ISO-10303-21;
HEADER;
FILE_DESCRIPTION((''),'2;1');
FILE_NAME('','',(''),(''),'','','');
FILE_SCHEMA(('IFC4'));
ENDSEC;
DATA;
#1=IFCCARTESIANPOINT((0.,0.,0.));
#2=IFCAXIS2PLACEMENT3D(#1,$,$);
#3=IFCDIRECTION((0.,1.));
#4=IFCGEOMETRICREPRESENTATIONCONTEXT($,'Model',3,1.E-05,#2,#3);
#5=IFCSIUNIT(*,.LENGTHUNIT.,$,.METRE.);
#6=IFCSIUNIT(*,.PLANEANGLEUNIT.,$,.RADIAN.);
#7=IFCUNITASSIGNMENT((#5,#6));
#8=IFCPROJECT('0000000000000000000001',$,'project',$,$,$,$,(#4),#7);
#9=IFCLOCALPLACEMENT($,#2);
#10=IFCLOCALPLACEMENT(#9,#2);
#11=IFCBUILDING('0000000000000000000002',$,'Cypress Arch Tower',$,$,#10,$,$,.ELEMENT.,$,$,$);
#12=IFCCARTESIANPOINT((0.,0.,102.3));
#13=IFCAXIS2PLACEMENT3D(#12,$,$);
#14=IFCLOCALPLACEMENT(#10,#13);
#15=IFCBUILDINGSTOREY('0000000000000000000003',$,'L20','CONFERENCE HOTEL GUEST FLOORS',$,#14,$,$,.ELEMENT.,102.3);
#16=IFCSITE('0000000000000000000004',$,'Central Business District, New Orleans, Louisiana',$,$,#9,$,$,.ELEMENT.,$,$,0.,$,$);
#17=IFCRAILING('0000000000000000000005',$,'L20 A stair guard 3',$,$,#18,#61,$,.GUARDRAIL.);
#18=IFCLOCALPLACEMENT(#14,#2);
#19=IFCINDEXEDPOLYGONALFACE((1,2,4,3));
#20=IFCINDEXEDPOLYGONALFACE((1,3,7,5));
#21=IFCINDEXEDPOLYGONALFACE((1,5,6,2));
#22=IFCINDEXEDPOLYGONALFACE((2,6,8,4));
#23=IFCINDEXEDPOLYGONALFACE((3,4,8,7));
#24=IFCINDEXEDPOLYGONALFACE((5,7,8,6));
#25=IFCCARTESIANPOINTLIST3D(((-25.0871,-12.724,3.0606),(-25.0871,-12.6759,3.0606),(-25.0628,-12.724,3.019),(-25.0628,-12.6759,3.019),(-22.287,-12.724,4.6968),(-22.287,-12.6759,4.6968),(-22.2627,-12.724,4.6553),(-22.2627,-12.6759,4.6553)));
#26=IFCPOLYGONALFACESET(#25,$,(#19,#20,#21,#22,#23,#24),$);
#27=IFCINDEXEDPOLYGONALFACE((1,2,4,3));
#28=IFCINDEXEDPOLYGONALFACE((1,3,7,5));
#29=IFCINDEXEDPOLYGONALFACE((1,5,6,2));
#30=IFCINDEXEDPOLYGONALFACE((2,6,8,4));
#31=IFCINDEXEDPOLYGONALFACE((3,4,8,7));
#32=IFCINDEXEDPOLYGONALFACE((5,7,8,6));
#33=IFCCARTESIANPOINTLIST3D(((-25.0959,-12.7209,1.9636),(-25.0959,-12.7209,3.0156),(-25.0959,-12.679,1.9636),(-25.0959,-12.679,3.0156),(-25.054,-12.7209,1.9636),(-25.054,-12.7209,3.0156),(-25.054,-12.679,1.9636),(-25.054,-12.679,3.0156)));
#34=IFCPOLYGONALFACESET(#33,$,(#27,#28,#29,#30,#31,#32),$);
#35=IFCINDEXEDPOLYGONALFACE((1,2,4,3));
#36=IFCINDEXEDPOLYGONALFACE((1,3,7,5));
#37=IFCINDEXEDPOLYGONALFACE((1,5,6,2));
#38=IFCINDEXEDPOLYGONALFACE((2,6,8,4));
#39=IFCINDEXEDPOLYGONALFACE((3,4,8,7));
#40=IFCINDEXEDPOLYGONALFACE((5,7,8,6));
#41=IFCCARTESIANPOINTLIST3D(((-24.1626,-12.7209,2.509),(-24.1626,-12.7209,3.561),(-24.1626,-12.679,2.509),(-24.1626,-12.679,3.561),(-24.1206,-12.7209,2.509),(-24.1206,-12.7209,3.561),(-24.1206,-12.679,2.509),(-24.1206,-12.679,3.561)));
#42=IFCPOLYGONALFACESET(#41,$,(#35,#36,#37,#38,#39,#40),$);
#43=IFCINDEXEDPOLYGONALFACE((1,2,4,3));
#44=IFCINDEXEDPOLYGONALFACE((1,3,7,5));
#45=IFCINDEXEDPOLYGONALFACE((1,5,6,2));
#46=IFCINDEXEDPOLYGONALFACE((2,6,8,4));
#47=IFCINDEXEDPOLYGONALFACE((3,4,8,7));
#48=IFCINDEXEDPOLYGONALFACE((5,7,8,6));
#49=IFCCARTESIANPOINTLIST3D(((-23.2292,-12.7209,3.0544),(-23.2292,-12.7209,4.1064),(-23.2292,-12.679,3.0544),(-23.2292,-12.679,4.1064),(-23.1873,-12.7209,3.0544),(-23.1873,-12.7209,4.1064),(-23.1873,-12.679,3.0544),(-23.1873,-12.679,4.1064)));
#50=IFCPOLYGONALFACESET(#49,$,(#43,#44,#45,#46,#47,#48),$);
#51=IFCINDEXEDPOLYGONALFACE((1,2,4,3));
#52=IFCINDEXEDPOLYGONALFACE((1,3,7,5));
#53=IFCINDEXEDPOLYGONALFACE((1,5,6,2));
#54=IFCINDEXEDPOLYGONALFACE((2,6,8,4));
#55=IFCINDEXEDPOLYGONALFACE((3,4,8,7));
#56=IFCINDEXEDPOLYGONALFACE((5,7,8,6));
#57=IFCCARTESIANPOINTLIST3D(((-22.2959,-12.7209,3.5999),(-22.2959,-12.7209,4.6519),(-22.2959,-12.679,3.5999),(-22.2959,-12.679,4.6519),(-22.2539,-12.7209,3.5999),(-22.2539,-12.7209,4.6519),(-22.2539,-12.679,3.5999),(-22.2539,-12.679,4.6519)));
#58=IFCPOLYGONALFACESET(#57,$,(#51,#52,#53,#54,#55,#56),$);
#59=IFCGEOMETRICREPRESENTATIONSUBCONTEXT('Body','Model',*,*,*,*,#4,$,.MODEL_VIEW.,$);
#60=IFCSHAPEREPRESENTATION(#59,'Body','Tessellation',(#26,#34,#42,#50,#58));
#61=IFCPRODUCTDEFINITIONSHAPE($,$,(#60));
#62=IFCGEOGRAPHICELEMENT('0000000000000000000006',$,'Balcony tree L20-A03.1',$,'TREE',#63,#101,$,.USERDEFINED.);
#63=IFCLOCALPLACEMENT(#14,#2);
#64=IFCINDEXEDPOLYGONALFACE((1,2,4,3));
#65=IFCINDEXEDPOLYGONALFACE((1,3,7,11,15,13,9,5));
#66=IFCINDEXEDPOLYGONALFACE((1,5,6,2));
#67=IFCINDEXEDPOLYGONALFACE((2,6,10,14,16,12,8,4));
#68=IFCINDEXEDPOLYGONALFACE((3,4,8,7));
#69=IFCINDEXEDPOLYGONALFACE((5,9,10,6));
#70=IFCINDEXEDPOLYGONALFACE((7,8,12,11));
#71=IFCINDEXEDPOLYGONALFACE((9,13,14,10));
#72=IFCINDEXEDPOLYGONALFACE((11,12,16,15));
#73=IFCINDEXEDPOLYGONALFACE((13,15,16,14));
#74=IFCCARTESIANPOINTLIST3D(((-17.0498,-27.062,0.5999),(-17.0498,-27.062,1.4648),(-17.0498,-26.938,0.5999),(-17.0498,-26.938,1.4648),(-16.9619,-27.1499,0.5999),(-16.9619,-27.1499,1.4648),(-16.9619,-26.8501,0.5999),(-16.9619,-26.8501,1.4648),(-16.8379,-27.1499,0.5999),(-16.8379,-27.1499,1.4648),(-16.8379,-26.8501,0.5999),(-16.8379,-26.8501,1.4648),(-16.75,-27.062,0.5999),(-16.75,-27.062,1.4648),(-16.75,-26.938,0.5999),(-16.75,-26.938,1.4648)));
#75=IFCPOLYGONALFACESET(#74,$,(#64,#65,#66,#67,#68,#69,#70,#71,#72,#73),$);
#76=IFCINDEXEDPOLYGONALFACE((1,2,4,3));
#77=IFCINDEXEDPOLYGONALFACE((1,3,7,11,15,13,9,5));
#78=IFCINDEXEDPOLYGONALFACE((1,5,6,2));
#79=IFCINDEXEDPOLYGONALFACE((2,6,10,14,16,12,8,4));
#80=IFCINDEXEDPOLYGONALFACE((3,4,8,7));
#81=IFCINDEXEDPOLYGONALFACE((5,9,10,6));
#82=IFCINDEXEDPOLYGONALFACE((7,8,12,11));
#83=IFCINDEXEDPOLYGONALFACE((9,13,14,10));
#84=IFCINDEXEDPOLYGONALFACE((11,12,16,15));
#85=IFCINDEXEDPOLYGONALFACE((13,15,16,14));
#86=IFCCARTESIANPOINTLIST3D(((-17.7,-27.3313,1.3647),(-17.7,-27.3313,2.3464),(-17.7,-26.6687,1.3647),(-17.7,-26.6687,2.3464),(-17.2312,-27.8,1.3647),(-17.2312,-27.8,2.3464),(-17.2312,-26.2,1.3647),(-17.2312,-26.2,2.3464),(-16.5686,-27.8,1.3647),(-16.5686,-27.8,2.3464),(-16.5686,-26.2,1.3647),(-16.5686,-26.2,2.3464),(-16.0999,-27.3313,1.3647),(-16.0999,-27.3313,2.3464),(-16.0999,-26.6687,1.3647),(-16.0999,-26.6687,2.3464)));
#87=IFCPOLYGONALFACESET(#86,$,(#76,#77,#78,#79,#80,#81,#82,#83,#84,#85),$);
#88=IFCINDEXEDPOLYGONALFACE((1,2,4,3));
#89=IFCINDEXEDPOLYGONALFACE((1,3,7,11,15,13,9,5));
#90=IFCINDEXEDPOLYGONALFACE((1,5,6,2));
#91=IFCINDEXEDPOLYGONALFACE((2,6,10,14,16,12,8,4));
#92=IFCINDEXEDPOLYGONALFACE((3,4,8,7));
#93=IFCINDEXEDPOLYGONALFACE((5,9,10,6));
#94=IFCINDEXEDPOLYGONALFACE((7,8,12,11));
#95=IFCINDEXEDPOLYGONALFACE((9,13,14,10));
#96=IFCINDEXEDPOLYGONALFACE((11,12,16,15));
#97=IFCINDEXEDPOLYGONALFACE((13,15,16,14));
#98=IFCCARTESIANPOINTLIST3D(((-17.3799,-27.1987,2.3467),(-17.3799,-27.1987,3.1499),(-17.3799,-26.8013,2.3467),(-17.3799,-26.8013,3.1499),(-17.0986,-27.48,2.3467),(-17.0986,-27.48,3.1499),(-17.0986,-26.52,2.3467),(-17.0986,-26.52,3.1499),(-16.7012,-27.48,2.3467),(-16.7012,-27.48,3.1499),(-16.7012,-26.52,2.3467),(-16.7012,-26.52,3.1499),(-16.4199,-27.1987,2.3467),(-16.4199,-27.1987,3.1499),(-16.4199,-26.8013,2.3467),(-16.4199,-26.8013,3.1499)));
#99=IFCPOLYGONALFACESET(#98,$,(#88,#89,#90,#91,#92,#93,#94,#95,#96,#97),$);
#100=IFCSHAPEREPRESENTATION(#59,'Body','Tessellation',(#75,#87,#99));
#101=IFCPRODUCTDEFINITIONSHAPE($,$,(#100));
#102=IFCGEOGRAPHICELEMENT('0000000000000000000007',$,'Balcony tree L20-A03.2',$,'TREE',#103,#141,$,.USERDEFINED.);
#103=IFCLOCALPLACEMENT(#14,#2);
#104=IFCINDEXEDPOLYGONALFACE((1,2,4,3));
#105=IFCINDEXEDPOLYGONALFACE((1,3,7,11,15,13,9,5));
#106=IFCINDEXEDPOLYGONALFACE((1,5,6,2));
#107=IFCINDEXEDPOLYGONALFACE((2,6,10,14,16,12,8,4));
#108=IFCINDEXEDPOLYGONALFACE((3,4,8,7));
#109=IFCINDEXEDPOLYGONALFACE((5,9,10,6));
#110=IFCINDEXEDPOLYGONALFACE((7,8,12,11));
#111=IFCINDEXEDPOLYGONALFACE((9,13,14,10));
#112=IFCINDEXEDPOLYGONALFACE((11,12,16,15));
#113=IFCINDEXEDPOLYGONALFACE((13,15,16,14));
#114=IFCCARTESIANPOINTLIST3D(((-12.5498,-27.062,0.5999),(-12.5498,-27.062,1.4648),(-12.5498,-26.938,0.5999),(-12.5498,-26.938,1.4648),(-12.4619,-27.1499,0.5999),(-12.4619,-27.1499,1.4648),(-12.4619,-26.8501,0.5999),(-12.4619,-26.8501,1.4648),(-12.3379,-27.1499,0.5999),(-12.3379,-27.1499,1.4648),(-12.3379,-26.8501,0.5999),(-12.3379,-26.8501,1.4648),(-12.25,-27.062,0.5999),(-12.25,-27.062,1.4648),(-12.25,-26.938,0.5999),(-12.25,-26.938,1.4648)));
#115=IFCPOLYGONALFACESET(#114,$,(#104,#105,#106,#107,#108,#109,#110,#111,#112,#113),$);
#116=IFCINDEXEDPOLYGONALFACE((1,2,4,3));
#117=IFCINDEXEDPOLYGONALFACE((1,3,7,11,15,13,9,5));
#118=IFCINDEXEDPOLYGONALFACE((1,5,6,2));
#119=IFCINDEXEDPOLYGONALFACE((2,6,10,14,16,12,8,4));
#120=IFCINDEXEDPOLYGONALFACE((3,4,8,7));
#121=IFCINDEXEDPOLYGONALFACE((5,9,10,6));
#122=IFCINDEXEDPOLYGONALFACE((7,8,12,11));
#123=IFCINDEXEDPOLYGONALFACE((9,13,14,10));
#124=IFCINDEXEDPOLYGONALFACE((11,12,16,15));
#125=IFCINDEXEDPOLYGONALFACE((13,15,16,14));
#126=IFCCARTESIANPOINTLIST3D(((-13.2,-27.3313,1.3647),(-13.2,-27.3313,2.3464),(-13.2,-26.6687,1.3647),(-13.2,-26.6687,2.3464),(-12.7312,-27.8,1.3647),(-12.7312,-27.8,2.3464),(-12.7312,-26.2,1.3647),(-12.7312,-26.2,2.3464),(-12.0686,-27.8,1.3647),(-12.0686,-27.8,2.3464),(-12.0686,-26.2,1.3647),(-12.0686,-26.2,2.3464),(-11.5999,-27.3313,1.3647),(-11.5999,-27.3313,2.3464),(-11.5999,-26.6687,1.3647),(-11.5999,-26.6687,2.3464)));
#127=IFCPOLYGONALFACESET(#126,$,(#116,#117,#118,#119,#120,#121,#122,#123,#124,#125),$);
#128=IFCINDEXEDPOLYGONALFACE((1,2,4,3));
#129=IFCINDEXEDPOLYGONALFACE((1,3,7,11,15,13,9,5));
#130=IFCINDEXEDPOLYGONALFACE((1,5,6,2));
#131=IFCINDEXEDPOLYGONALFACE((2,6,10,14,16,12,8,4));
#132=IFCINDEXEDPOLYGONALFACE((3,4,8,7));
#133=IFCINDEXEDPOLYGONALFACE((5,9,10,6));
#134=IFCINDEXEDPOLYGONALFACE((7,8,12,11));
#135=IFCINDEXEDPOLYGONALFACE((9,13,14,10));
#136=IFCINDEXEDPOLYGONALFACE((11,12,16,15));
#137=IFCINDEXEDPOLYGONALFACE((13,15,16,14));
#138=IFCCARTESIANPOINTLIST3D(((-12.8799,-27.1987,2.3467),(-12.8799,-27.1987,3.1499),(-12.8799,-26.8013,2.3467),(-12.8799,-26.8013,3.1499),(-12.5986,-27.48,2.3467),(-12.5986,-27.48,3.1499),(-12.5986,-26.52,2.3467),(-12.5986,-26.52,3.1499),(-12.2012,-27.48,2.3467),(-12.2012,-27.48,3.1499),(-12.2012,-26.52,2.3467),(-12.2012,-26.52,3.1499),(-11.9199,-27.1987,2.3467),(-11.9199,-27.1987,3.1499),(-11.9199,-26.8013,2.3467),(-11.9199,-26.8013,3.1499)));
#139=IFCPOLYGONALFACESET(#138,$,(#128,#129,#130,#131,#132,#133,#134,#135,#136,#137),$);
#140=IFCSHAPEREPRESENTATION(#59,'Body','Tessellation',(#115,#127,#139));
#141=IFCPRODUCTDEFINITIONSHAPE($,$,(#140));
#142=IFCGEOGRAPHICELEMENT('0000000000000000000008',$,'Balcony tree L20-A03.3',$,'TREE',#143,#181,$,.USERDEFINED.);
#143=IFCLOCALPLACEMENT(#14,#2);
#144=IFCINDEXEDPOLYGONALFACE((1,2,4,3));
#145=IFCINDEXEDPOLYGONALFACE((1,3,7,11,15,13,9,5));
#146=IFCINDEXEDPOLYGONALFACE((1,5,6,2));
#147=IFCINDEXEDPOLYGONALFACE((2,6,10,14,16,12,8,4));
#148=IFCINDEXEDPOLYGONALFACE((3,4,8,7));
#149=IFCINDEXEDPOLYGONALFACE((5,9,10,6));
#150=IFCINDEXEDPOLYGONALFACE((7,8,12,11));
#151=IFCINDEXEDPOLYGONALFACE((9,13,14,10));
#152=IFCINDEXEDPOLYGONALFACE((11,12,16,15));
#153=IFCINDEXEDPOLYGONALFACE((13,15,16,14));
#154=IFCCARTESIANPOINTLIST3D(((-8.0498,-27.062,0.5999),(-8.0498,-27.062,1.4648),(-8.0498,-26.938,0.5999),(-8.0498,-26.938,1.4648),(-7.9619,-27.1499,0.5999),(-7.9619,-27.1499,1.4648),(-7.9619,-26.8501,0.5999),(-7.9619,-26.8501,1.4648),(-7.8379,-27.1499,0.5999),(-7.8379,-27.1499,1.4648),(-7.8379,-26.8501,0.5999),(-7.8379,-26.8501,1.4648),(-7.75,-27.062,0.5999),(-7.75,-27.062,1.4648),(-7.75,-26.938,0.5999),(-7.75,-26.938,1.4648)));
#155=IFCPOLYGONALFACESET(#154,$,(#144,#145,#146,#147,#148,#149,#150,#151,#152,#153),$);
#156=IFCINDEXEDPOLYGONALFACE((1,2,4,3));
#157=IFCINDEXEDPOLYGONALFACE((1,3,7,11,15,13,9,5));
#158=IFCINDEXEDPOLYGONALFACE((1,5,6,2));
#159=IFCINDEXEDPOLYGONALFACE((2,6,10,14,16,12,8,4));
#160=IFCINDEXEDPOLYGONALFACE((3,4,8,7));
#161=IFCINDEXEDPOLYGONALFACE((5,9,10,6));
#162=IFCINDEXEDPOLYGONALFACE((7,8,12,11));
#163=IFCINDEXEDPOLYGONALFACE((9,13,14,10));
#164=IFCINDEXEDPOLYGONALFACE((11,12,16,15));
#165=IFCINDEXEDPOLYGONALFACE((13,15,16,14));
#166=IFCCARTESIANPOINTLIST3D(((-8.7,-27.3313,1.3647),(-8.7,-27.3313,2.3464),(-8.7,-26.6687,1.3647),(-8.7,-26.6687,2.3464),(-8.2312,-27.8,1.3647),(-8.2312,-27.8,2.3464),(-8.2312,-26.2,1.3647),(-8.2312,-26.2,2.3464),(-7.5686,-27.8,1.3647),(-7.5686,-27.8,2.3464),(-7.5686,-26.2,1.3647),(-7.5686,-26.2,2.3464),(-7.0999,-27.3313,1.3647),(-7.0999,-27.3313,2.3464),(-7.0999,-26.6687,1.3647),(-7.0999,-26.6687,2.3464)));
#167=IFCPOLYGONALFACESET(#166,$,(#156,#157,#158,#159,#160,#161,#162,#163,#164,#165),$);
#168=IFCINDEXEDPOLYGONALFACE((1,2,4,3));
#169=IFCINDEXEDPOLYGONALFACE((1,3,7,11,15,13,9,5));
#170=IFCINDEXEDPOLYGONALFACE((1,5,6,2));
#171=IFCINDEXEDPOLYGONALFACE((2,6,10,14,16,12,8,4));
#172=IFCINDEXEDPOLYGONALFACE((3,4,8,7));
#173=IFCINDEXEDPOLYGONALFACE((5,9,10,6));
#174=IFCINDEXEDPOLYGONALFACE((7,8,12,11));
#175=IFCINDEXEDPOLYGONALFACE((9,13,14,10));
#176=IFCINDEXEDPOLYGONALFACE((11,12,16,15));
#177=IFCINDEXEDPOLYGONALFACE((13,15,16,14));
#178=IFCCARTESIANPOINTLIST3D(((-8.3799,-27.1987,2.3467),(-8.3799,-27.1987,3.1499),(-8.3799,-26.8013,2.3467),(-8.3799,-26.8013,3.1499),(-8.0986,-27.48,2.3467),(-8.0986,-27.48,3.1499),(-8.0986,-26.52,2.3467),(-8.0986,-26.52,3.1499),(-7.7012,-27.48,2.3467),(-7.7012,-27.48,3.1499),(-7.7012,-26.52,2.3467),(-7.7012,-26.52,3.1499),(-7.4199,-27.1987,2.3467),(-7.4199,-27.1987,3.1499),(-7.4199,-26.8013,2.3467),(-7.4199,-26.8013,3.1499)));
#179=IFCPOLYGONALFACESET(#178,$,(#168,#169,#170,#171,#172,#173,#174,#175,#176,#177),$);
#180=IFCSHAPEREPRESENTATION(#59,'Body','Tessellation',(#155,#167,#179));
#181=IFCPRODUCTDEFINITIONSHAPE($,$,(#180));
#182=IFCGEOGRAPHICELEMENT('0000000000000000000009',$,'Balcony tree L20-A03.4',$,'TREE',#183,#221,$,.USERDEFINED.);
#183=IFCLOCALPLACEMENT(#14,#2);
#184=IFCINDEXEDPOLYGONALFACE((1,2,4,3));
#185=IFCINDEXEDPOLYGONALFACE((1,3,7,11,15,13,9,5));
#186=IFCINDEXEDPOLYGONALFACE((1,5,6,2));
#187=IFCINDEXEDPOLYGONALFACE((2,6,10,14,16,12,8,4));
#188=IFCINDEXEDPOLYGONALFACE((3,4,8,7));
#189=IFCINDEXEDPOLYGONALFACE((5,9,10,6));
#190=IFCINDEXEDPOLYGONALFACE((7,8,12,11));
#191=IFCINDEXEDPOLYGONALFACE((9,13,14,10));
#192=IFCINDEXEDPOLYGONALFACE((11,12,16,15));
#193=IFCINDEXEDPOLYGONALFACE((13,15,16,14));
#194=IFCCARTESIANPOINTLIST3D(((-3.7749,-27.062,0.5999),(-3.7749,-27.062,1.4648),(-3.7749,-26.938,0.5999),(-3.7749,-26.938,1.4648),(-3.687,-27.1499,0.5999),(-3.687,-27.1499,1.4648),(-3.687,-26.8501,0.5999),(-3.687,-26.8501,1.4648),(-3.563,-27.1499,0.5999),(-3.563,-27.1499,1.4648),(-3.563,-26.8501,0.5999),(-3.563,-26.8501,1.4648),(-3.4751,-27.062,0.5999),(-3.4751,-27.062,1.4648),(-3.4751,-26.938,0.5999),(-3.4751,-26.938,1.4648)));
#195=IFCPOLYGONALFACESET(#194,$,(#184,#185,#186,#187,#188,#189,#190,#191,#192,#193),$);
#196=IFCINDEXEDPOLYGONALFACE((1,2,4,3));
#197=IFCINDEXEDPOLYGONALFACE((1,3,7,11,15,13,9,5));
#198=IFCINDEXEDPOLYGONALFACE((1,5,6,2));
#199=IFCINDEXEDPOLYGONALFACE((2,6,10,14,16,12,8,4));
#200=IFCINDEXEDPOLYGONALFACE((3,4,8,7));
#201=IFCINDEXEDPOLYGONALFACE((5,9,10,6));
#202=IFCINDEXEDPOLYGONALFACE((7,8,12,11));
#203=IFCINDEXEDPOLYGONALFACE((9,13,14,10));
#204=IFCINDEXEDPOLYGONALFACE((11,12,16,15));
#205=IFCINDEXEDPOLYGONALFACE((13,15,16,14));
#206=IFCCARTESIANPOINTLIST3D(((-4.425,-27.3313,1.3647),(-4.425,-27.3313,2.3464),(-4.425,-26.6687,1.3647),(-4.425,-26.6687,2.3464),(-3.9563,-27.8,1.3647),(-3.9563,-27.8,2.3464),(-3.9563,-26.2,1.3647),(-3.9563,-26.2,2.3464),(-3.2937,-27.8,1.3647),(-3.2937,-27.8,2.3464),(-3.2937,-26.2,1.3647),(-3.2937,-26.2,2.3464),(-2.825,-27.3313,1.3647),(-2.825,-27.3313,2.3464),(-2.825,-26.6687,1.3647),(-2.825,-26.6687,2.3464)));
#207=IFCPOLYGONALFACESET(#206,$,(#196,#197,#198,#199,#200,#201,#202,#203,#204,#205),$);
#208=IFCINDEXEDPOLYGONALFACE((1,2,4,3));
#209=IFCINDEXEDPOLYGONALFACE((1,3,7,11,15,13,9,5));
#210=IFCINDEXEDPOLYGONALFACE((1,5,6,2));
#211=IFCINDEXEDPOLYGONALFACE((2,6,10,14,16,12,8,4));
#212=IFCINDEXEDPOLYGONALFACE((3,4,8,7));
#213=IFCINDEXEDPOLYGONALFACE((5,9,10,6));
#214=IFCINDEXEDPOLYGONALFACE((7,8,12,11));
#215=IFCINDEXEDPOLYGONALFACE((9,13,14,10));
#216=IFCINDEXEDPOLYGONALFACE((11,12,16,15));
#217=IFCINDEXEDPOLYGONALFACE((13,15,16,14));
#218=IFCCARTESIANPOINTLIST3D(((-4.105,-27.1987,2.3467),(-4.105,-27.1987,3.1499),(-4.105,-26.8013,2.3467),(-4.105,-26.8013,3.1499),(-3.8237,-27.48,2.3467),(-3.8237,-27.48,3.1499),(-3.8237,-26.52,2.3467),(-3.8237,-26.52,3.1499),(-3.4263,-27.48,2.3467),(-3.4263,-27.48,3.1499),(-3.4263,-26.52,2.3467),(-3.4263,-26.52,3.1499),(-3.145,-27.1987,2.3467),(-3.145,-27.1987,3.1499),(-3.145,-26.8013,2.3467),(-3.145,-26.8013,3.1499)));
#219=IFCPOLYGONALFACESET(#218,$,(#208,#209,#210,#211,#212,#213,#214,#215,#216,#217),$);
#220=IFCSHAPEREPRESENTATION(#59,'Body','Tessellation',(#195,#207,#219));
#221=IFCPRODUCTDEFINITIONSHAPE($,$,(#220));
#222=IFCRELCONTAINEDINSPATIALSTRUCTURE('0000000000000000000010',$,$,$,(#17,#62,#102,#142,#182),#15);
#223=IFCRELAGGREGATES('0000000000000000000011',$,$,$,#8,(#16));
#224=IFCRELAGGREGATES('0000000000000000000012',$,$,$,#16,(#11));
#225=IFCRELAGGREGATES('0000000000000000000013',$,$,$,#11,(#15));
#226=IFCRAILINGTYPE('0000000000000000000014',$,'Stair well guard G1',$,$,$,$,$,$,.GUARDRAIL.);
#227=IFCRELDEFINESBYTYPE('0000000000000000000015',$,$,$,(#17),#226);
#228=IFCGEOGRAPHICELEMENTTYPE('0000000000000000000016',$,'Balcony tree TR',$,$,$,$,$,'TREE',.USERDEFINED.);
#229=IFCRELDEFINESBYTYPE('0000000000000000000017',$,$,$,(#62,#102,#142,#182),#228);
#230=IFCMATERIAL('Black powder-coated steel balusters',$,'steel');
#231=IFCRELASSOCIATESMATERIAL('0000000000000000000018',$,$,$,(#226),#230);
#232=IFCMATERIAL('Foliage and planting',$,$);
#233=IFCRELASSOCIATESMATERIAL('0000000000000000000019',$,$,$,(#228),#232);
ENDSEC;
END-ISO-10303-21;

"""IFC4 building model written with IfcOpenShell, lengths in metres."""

from ifc_helpers import new_model, si_unit, direction, frame, origin, origin_2d, place, context, subcontext, project, spatial, polyline, rectangle, outline, extrude, material, type_object, element, save


model = new_model("IFC4")

# Units and contexts
model_context = context("Model", 3, precision=1e-05, world=origin(), true_north=direction((0.0, 1.0)))
body_context = subcontext(model_context, "Body", "Model", "MODEL_VIEW")
ifc_project = project(units=[si_unit("LENGTHUNIT", "METRE"), si_unit("PLANEANGLEUNIT", "RADIAN")], contexts=[model_context])

# Site, building, storey
site_placement = place(None, origin())
site = spatial("IfcSite", under=ifc_project, at=site_placement, Name="Central Business District, New Orleans, Louisiana", CompositionType="ELEMENT", RefElevation=0.0)
building_placement = place(site_placement, origin())
building = spatial("IfcBuilding", under=site, at=building_placement, Name="Cypress Arch Tower", CompositionType="ELEMENT")
storey_placement = place(building_placement, frame((0.0, 0.0, 102.3)))
storey = spatial("IfcBuildingStorey", under=building, at=storey_placement, Name="L20", Description="CONFERENCE HOTEL GUEST FLOORS", CompositionType="ELEMENT", Elevation=102.3)

# Railing
ifc_material_1 = material(Name="Black powder-coated steel balusters", Category="steel")
railing_type_1 = type_object("IfcRailingType", Name="Stair well guard G1", PredefinedType="GUARDRAIL", material=ifc_material_1)
railing_1_placement = place(storey_placement, frame((-25.075, -12.7, 1.9636)))
element("IfcRailing", 1, at=railing_1_placement, inside=storey, type_object=railing_type_1, Name="L20 A stair guard 3", PredefinedType="GUARDRAIL", context=body_context, shape_type="SweptSolid", body=[
    extrude(rectangle(XDim=0.0481, YDim=0.0481, at=origin_2d()), frame((0.0, 0.0, 1.0762), z_axis=(0.863394, 0.0, 0.504531), x_axis=(0.0, 1.0, 0.0)), (0.0, 0.0, 1.0), 3.2432),
    extrude(rectangle(XDim=0.042, YDim=0.042, at=origin_2d()), origin(), (0.0, 0.0, 1.0), 1.052),
    extrude(rectangle(XDim=0.042, YDim=0.042, at=origin_2d()), frame((0.9333, 0.0, 0.5454)), (0.0, 0.0, 1.0), 1.052),
    extrude(rectangle(XDim=0.042, YDim=0.042, at=origin_2d()), frame((1.8667, 0.0, 1.0908)), (0.0, 0.0, 1.0), 1.052),
    extrude(rectangle(XDim=0.042, YDim=0.042, at=origin_2d()), frame((2.8, 0.0, 1.6362)), (0.0, 0.0, 1.0), 1.052),
])

# Geographic elements
ifc_material_2 = material(Name="Foliage and planting")
geographic_element_type = type_object("IfcGeographicElementType", Name="Balcony tree TR", ElementType="TREE", PredefinedType="USERDEFINED", material=ifc_material_2)
for number, where, z_axis, x_axis, name in (
    (2, (-16.8999, -27.0, 0.5999), (0.0, 0.0, 1.0), (1.0, 0.0, 0.0), "Balcony tree L20-A03.1"),
    (3, (-12.3999, -27.0, 0.5999), (0.0, 0.0, 1.0), (1.0, 0.0, 0.0), "Balcony tree L20-A03.2"),
    (4, (-7.8999, -27.0, 0.5999), (0.0, 0.0, 1.0), (1.0, 0.0, 0.0), "Balcony tree L20-A03.3"),
    (5, (-3.625, -27.0, 0.5999), (0.0, 0.0, 1.0), (1.0, 0.0, 0.0), "Balcony tree L20-A03.4"),
):
    element("IfcGeographicElement", number, at=place(storey_placement, frame(where, z_axis=z_axis, x_axis=x_axis)), inside=storey, type_object=geographic_element_type, Name=name, ObjectType="TREE", PredefinedType="USERDEFINED", context=body_context, shape_type="SweptSolid", body=[
        extrude(outline(polyline([(0.1499, 0.062), (0.062, 0.1499), (-0.062, 0.1499), (-0.1499, 0.062), (-0.1499, -0.062), (-0.062, -0.1499), (0.062, -0.1499), (0.1499, -0.062), (0.1499, 0.062)])), origin(), (0.0, 0.0, 1.0), 0.865),
        extrude(outline(polyline([(0.8, 0.3313), (0.3313, 0.8), (-0.3313, 0.8), (-0.8, 0.3313), (-0.8, -0.3313), (-0.3313, -0.8), (0.3313, -0.8), (0.8, -0.3313), (0.8, 0.3313)])), frame((0.0, 0.0, 0.7649)), (0.0, 0.0, 1.0), 0.9817),
        extrude(outline(polyline([(0.48, 0.1987), (0.1987, 0.48), (-0.1987, 0.48), (-0.48, 0.1987), (-0.48, -0.1987), (-0.1987, -0.48), (0.1987, -0.48), (0.48, -0.1987), (0.48, 0.1987)])), frame((0.0, 0.0, 1.7468)), (0.0, 0.0, 1.0), 0.8032),
    ])

save(model, "model.ifc")
